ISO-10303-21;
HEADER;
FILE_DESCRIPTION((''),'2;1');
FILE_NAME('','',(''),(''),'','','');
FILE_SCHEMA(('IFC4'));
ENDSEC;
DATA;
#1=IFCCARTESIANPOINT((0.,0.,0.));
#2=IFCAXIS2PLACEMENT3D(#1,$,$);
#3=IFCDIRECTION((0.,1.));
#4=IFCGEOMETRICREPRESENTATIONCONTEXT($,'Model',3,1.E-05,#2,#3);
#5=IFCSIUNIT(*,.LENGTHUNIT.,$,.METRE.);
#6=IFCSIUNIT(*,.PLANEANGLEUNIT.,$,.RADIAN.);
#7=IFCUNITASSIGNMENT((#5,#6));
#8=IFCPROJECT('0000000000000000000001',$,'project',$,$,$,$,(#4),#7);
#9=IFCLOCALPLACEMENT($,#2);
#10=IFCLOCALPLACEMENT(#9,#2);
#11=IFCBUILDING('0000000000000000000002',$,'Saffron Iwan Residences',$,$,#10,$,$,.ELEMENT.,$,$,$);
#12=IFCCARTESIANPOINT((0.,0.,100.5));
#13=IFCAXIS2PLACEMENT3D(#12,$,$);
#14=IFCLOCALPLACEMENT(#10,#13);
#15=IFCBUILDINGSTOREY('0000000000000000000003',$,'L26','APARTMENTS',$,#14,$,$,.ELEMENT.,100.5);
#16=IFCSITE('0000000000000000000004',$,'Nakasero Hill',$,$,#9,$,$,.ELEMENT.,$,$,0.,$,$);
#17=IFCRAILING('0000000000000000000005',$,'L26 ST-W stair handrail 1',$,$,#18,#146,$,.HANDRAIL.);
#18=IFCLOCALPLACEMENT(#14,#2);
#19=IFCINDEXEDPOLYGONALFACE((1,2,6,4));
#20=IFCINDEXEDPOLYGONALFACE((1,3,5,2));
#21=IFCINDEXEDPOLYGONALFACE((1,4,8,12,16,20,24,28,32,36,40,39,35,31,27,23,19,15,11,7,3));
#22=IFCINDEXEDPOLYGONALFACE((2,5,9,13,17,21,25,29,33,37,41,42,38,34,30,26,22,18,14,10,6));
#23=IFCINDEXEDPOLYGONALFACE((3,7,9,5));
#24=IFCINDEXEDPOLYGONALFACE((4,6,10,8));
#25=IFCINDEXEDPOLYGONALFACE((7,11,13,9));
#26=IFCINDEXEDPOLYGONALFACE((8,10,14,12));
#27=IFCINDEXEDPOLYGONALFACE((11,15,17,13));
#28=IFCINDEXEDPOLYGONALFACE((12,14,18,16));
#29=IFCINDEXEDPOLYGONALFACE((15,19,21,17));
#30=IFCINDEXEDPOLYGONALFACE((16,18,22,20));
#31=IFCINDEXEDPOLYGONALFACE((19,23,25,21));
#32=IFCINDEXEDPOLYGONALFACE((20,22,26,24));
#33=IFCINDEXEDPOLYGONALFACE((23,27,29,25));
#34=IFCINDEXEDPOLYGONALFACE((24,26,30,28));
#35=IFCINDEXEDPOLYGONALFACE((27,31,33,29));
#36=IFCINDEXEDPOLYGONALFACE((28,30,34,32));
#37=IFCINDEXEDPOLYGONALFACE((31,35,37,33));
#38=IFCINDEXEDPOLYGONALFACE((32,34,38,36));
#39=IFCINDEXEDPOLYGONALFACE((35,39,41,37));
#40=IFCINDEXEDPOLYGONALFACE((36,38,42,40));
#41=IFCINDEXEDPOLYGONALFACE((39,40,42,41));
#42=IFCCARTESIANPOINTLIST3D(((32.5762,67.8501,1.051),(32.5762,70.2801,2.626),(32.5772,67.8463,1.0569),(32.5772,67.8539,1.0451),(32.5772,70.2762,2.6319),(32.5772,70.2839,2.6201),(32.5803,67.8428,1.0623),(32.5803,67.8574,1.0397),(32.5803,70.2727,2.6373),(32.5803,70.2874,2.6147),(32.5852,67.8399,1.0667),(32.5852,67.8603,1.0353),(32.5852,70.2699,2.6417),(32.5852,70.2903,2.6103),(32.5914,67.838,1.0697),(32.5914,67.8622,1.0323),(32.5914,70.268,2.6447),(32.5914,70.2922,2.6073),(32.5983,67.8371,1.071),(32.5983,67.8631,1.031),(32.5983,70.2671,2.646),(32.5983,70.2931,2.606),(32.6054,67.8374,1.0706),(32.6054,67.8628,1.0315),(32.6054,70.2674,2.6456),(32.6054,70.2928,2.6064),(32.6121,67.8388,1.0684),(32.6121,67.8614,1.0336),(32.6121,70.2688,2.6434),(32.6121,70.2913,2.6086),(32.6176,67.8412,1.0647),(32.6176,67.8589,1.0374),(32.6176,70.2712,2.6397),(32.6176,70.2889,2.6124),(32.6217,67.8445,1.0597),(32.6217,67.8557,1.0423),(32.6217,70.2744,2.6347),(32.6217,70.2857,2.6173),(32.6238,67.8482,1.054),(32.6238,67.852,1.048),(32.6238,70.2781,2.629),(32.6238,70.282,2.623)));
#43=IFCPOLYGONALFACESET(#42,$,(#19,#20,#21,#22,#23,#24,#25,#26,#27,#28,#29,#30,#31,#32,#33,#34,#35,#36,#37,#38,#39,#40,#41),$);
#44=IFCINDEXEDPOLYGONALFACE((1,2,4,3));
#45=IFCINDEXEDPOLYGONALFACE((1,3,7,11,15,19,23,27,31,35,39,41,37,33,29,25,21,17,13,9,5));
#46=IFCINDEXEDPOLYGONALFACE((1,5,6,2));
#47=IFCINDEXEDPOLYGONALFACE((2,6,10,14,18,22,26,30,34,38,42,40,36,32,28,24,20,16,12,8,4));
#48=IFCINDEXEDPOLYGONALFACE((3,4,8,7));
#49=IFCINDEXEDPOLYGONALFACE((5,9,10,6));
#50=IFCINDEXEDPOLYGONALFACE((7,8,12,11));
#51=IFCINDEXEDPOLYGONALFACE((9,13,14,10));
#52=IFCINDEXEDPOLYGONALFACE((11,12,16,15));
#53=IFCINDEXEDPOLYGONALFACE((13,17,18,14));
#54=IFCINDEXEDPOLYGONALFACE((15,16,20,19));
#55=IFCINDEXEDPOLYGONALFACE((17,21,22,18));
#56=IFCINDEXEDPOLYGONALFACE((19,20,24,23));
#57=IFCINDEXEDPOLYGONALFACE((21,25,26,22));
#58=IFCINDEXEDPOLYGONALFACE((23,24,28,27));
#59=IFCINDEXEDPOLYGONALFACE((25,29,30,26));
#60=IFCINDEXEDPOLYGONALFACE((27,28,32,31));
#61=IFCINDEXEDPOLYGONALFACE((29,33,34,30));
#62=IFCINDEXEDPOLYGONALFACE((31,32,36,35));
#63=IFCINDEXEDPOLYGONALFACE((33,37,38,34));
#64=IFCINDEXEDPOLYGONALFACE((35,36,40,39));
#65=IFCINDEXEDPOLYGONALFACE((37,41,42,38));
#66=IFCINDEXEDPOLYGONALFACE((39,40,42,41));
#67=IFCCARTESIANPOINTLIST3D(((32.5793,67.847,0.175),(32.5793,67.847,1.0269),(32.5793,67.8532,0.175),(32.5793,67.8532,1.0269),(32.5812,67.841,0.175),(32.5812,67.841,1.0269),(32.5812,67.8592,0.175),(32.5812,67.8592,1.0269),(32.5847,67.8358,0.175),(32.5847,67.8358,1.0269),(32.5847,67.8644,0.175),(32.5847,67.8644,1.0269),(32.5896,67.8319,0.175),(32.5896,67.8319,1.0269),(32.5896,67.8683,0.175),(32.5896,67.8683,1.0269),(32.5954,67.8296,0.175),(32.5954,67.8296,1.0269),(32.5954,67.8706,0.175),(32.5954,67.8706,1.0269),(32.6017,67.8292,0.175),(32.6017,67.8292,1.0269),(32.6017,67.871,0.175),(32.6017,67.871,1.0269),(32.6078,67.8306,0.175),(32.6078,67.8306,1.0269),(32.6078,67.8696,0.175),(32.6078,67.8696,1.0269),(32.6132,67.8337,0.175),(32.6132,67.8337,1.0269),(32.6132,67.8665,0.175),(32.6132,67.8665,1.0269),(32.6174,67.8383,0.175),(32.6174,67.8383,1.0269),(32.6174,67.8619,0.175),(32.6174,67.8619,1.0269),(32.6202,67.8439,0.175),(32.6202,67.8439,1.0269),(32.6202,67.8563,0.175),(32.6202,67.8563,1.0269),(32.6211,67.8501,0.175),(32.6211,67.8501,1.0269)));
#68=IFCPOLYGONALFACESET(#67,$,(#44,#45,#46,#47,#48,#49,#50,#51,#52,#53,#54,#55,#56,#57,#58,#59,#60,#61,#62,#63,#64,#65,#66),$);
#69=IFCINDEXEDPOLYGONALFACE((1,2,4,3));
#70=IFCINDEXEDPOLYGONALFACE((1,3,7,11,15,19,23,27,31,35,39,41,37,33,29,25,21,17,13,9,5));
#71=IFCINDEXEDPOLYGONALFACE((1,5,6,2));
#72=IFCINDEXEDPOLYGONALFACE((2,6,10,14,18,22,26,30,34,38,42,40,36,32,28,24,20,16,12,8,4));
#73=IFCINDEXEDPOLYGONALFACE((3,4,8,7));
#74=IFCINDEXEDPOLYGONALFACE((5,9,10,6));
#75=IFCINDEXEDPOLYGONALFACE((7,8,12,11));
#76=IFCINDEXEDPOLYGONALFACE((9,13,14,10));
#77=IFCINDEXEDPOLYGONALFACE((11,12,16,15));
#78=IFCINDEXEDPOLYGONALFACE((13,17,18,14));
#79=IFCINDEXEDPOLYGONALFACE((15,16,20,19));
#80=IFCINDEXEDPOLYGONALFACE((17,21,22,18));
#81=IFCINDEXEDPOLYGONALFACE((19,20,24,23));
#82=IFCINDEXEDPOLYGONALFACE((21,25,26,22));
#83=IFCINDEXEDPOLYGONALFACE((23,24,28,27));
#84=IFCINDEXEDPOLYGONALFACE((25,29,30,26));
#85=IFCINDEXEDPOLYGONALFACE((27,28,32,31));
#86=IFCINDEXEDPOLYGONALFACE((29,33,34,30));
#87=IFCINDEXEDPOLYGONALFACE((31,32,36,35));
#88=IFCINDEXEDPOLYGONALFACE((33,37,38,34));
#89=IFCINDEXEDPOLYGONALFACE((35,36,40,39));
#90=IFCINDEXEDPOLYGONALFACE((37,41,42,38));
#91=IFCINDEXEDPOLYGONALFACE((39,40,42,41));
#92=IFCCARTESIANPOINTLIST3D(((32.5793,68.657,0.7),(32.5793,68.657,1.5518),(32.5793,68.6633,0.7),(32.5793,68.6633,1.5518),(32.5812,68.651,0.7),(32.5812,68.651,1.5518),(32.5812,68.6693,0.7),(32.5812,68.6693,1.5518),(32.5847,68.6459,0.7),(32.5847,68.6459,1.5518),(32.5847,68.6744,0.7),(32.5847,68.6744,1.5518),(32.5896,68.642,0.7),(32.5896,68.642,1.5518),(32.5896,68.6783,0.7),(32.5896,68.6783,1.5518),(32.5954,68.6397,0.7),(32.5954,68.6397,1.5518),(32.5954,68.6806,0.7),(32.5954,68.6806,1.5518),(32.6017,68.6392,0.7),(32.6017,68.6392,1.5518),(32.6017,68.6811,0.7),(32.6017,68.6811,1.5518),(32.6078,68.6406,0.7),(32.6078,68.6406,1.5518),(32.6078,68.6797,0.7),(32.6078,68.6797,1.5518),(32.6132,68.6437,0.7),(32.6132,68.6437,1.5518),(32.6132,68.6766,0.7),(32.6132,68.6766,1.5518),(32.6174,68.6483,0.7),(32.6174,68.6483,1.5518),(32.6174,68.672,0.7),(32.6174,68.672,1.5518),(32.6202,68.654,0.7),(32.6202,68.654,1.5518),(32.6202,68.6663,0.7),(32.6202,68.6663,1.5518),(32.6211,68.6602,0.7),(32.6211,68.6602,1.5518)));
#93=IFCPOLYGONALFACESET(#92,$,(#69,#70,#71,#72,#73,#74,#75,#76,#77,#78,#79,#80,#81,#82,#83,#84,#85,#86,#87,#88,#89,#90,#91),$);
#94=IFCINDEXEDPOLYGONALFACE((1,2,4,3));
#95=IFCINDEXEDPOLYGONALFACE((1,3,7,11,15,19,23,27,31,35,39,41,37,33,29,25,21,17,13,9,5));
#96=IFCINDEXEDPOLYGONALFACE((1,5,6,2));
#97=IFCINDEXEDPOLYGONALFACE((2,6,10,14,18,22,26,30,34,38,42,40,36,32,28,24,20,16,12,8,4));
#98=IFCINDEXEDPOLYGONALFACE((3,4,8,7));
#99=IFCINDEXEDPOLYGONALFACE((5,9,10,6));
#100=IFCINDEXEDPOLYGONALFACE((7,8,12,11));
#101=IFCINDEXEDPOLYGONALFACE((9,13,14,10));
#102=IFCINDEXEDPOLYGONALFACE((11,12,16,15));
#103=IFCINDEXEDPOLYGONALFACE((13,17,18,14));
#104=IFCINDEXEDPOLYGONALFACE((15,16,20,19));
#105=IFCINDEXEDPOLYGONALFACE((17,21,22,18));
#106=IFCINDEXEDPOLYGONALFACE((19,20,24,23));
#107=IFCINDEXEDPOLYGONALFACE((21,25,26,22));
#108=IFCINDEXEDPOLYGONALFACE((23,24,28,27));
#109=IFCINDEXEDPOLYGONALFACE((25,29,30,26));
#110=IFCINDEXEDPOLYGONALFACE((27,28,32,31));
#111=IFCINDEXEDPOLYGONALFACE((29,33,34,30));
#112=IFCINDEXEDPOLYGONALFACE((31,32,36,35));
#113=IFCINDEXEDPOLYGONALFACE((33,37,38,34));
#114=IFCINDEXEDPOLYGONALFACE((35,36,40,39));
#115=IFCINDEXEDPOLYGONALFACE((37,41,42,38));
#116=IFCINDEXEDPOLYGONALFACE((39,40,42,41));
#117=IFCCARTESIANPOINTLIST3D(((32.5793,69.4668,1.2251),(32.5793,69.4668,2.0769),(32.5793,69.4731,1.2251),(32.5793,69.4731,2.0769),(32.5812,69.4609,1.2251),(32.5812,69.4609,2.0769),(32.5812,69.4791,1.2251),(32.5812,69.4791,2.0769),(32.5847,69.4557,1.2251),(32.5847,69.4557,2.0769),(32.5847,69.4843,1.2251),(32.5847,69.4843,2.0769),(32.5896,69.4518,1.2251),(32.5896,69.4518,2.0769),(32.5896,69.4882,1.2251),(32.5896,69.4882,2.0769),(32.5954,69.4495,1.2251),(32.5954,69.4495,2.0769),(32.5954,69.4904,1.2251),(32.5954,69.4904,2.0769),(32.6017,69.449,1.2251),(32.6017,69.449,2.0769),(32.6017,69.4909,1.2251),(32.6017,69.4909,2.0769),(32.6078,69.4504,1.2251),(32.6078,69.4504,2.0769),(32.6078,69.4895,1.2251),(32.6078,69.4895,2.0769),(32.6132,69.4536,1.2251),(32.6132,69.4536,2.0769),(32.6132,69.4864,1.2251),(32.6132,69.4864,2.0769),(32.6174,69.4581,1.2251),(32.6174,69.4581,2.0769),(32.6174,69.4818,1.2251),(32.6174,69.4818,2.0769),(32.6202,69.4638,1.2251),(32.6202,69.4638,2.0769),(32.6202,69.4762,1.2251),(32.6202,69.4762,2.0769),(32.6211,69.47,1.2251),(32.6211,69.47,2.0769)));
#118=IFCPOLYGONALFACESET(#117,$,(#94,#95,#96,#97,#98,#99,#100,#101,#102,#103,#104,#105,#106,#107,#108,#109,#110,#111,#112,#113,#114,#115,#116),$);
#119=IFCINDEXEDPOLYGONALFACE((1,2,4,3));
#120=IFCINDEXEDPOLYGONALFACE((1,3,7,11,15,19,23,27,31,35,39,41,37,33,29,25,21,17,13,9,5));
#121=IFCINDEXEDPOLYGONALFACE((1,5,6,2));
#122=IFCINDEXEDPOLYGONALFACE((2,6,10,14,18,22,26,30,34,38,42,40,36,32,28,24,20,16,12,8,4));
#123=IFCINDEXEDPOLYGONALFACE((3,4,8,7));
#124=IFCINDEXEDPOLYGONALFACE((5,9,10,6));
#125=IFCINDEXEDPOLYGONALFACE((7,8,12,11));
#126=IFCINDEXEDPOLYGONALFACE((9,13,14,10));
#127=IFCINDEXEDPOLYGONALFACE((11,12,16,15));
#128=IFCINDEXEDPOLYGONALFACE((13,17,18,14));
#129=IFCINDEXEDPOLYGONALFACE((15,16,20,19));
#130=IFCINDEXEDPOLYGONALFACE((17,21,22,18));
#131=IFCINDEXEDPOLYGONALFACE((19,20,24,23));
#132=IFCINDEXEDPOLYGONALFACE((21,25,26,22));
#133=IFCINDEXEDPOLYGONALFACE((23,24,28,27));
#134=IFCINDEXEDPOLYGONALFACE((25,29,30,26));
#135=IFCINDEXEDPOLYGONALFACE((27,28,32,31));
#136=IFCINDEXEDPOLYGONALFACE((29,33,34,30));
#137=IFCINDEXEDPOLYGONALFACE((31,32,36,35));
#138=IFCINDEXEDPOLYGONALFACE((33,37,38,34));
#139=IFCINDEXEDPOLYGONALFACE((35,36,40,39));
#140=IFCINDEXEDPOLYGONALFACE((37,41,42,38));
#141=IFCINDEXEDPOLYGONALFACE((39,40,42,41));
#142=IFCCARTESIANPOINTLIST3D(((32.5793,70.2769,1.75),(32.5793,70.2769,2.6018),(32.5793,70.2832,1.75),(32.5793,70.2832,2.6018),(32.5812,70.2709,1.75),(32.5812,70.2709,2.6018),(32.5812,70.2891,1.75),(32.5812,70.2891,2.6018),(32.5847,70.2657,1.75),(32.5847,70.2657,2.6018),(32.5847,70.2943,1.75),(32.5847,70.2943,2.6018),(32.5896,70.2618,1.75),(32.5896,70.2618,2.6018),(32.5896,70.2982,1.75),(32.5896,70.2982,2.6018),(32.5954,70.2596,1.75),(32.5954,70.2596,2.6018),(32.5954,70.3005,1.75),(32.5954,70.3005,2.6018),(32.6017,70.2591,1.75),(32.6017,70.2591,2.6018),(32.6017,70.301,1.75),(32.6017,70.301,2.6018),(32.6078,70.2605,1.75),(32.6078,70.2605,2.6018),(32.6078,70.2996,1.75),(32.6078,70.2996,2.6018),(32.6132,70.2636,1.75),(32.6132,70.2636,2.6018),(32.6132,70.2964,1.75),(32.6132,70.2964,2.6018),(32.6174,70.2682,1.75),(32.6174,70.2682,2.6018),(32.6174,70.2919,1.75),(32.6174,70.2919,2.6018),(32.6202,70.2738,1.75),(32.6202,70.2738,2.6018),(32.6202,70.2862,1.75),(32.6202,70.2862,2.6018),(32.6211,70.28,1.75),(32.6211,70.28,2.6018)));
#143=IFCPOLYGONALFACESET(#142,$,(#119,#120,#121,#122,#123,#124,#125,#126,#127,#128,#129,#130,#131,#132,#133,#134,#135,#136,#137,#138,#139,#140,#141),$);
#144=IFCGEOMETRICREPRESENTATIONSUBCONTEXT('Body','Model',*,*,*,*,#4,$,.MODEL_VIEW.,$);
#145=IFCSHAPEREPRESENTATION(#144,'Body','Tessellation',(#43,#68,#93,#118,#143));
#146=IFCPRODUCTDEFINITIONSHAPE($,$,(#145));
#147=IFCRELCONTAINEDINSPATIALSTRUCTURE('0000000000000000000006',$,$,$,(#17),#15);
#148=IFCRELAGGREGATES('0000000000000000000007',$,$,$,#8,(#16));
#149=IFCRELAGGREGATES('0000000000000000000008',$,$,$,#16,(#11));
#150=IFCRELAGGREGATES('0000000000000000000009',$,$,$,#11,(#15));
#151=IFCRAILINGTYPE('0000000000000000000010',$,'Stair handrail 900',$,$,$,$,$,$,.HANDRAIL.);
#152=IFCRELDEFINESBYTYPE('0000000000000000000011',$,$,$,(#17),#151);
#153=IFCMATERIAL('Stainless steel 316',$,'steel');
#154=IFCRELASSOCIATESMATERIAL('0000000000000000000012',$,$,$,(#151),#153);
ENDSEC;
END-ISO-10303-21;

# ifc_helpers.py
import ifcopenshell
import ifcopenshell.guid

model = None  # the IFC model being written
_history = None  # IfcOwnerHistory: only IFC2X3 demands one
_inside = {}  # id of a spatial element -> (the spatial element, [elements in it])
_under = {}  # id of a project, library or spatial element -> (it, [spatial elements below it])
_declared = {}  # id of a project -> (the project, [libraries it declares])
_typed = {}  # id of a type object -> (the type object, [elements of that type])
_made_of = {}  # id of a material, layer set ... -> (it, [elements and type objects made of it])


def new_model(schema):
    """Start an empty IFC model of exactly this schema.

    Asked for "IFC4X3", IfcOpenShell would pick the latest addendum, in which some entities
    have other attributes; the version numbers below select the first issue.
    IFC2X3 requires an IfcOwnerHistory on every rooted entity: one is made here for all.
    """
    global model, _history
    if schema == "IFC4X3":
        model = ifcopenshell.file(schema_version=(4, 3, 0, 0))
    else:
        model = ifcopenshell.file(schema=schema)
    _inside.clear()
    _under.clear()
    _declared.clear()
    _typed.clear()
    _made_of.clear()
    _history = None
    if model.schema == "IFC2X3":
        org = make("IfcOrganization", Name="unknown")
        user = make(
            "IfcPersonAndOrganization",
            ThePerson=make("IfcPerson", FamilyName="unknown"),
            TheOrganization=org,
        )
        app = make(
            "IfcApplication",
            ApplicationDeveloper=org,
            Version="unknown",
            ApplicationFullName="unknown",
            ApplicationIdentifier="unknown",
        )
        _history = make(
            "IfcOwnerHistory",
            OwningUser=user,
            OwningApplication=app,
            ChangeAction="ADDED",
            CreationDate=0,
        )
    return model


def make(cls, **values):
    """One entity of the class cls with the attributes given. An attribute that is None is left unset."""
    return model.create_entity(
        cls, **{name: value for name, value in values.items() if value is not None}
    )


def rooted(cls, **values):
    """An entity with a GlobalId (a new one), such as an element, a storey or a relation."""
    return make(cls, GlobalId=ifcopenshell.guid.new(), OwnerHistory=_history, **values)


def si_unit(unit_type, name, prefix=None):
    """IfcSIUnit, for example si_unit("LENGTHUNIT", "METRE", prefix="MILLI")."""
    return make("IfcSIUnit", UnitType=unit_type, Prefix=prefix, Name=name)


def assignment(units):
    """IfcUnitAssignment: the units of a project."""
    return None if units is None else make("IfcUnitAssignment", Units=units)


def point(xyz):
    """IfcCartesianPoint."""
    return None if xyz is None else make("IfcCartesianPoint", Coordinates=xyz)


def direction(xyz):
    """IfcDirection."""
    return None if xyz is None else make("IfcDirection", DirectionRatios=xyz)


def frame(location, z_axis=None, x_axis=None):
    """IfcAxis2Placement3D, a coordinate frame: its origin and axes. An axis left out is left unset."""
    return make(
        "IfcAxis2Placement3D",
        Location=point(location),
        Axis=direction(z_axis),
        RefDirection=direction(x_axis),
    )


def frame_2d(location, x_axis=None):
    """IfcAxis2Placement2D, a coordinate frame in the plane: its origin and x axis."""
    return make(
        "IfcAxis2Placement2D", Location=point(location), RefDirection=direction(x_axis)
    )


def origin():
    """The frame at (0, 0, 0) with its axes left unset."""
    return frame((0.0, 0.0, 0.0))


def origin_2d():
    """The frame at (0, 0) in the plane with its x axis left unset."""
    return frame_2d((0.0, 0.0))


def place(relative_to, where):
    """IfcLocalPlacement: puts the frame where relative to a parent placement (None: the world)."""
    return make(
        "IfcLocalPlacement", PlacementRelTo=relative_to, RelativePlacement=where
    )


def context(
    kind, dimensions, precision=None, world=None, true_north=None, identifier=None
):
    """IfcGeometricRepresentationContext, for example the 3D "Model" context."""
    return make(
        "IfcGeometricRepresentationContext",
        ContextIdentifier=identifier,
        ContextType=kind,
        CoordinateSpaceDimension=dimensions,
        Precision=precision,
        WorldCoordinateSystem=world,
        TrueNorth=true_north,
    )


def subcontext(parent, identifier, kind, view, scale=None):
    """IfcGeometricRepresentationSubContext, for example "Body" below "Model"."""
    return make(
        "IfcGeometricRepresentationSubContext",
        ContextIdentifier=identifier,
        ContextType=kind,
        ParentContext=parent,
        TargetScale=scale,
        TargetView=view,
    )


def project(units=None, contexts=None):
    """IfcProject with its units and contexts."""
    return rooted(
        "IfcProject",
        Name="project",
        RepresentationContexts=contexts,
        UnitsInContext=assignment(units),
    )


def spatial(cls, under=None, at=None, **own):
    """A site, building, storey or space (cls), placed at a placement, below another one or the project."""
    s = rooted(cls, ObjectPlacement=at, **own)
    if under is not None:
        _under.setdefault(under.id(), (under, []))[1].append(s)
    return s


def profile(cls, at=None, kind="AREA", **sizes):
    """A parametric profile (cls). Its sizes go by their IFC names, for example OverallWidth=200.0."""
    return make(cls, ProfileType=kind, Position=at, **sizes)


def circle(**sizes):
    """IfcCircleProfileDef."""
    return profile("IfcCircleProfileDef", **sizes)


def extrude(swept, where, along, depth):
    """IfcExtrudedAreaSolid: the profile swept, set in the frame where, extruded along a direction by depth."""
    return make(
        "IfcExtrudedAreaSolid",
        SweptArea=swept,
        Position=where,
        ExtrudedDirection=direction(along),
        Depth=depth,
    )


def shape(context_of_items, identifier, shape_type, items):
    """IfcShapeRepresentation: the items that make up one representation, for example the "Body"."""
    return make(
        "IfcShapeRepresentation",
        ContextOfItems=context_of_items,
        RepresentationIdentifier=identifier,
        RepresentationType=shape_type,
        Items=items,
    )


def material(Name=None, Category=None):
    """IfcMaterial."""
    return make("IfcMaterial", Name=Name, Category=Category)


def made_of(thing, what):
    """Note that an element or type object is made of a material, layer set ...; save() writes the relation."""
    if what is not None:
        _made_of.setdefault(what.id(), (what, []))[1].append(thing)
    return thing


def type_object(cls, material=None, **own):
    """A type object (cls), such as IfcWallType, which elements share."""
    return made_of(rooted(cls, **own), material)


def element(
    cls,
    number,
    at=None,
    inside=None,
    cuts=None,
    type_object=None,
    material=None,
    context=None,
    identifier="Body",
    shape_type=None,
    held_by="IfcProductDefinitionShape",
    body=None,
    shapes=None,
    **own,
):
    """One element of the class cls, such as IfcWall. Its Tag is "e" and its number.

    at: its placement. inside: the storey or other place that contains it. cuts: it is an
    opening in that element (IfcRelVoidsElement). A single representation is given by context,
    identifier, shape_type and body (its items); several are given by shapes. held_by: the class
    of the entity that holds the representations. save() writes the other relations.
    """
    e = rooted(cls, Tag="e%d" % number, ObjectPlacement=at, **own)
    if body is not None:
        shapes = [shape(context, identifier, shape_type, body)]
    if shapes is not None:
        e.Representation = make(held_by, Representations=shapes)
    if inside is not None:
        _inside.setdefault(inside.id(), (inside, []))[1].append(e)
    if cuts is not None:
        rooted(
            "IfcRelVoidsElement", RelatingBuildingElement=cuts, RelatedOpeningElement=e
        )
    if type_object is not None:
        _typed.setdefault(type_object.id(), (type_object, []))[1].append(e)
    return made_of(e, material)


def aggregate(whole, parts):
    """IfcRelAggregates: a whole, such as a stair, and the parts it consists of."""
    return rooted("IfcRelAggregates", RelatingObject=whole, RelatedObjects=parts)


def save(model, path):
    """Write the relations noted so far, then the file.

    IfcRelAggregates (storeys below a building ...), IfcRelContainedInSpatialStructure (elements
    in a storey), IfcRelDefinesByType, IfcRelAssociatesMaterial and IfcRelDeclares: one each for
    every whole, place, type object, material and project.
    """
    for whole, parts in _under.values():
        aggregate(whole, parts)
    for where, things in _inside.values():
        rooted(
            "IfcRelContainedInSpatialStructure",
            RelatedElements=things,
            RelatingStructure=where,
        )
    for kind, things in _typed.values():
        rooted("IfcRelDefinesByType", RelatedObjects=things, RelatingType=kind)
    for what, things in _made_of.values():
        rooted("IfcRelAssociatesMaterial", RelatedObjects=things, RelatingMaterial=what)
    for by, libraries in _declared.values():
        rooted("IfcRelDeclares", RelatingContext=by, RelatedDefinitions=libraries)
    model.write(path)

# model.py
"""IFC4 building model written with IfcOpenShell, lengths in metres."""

from ifc_helpers import new_model, si_unit, direction, frame, origin, origin_2d, place, context, subcontext, project, spatial, circle, extrude, material, type_object, element, save


model = new_model("IFC4")

# Units and contexts
model_context = context("Model", 3, precision=1e-05, world=origin(), true_north=direction((0.0, 1.0)))
body_context = subcontext(model_context, "Body", "Model", "MODEL_VIEW")
ifc_project = project(units=[si_unit("LENGTHUNIT", "METRE"), si_unit("PLANEANGLEUNIT", "RADIAN")], contexts=[model_context])

# Site, building, storey
site_placement = place(None, origin())
site = spatial("IfcSite", under=ifc_project, at=site_placement, Name="Nakasero Hill", CompositionType="ELEMENT", RefElevation=0.0)
building_placement = place(site_placement, origin())
building = spatial("IfcBuilding", under=site, at=building_placement, Name="Saffron Iwan Residences", CompositionType="ELEMENT")
storey_placement = place(building_placement, frame((0.0, 0.0, 100.5)))
storey = spatial("IfcBuildingStorey", under=building, at=storey_placement, Name="L26", Description="APARTMENTS", CompositionType="ELEMENT", Elevation=100.5)

# Railing
ifc_material_1 = material(Name="Stainless steel 316", Category="steel")
railing_type_1 = type_object("IfcRailingType", Name="Stair handrail 900", PredefinedType="HANDRAIL", material=ifc_material_1)
railing_1_placement = place(storey_placement, frame((32.6001, 67.8501, 0.175)))
element("IfcRailing", 1, at=railing_1_placement, inside=storey, type_object=railing_type_1, Name="L26 ST-W stair handrail 1", PredefinedType="HANDRAIL", context=body_context, shape_type="SweptSolid", body=[
    extrude(circle(Radius=0.0239, at=origin_2d()), frame((0.0, 0.0, 0.876), z_axis=(0.0, 0.839154, 0.543894), x_axis=(-1.0, 0.0, 0.0)), (0.0, 0.0, 1.0), 2.8958),
    extrude(circle(Radius=0.021, at=origin_2d()), origin(), (0.0, 0.0, 1.0), 0.8518),
    extrude(circle(Radius=0.021, at=origin_2d()), frame((0.0, 0.8101, 0.5249)), (0.0, 0.0, 1.0), 0.8518),
    extrude(circle(Radius=0.021, at=origin_2d()), frame((0.0, 1.6199, 1.05)), (0.0, 0.0, 1.0), 0.8518),
    extrude(circle(Radius=0.021, at=origin_2d()), frame((0.0, 2.4299, 1.575)), (0.0, 0.0, 1.0), 0.8518),
])

save(model, "model.ifc")
